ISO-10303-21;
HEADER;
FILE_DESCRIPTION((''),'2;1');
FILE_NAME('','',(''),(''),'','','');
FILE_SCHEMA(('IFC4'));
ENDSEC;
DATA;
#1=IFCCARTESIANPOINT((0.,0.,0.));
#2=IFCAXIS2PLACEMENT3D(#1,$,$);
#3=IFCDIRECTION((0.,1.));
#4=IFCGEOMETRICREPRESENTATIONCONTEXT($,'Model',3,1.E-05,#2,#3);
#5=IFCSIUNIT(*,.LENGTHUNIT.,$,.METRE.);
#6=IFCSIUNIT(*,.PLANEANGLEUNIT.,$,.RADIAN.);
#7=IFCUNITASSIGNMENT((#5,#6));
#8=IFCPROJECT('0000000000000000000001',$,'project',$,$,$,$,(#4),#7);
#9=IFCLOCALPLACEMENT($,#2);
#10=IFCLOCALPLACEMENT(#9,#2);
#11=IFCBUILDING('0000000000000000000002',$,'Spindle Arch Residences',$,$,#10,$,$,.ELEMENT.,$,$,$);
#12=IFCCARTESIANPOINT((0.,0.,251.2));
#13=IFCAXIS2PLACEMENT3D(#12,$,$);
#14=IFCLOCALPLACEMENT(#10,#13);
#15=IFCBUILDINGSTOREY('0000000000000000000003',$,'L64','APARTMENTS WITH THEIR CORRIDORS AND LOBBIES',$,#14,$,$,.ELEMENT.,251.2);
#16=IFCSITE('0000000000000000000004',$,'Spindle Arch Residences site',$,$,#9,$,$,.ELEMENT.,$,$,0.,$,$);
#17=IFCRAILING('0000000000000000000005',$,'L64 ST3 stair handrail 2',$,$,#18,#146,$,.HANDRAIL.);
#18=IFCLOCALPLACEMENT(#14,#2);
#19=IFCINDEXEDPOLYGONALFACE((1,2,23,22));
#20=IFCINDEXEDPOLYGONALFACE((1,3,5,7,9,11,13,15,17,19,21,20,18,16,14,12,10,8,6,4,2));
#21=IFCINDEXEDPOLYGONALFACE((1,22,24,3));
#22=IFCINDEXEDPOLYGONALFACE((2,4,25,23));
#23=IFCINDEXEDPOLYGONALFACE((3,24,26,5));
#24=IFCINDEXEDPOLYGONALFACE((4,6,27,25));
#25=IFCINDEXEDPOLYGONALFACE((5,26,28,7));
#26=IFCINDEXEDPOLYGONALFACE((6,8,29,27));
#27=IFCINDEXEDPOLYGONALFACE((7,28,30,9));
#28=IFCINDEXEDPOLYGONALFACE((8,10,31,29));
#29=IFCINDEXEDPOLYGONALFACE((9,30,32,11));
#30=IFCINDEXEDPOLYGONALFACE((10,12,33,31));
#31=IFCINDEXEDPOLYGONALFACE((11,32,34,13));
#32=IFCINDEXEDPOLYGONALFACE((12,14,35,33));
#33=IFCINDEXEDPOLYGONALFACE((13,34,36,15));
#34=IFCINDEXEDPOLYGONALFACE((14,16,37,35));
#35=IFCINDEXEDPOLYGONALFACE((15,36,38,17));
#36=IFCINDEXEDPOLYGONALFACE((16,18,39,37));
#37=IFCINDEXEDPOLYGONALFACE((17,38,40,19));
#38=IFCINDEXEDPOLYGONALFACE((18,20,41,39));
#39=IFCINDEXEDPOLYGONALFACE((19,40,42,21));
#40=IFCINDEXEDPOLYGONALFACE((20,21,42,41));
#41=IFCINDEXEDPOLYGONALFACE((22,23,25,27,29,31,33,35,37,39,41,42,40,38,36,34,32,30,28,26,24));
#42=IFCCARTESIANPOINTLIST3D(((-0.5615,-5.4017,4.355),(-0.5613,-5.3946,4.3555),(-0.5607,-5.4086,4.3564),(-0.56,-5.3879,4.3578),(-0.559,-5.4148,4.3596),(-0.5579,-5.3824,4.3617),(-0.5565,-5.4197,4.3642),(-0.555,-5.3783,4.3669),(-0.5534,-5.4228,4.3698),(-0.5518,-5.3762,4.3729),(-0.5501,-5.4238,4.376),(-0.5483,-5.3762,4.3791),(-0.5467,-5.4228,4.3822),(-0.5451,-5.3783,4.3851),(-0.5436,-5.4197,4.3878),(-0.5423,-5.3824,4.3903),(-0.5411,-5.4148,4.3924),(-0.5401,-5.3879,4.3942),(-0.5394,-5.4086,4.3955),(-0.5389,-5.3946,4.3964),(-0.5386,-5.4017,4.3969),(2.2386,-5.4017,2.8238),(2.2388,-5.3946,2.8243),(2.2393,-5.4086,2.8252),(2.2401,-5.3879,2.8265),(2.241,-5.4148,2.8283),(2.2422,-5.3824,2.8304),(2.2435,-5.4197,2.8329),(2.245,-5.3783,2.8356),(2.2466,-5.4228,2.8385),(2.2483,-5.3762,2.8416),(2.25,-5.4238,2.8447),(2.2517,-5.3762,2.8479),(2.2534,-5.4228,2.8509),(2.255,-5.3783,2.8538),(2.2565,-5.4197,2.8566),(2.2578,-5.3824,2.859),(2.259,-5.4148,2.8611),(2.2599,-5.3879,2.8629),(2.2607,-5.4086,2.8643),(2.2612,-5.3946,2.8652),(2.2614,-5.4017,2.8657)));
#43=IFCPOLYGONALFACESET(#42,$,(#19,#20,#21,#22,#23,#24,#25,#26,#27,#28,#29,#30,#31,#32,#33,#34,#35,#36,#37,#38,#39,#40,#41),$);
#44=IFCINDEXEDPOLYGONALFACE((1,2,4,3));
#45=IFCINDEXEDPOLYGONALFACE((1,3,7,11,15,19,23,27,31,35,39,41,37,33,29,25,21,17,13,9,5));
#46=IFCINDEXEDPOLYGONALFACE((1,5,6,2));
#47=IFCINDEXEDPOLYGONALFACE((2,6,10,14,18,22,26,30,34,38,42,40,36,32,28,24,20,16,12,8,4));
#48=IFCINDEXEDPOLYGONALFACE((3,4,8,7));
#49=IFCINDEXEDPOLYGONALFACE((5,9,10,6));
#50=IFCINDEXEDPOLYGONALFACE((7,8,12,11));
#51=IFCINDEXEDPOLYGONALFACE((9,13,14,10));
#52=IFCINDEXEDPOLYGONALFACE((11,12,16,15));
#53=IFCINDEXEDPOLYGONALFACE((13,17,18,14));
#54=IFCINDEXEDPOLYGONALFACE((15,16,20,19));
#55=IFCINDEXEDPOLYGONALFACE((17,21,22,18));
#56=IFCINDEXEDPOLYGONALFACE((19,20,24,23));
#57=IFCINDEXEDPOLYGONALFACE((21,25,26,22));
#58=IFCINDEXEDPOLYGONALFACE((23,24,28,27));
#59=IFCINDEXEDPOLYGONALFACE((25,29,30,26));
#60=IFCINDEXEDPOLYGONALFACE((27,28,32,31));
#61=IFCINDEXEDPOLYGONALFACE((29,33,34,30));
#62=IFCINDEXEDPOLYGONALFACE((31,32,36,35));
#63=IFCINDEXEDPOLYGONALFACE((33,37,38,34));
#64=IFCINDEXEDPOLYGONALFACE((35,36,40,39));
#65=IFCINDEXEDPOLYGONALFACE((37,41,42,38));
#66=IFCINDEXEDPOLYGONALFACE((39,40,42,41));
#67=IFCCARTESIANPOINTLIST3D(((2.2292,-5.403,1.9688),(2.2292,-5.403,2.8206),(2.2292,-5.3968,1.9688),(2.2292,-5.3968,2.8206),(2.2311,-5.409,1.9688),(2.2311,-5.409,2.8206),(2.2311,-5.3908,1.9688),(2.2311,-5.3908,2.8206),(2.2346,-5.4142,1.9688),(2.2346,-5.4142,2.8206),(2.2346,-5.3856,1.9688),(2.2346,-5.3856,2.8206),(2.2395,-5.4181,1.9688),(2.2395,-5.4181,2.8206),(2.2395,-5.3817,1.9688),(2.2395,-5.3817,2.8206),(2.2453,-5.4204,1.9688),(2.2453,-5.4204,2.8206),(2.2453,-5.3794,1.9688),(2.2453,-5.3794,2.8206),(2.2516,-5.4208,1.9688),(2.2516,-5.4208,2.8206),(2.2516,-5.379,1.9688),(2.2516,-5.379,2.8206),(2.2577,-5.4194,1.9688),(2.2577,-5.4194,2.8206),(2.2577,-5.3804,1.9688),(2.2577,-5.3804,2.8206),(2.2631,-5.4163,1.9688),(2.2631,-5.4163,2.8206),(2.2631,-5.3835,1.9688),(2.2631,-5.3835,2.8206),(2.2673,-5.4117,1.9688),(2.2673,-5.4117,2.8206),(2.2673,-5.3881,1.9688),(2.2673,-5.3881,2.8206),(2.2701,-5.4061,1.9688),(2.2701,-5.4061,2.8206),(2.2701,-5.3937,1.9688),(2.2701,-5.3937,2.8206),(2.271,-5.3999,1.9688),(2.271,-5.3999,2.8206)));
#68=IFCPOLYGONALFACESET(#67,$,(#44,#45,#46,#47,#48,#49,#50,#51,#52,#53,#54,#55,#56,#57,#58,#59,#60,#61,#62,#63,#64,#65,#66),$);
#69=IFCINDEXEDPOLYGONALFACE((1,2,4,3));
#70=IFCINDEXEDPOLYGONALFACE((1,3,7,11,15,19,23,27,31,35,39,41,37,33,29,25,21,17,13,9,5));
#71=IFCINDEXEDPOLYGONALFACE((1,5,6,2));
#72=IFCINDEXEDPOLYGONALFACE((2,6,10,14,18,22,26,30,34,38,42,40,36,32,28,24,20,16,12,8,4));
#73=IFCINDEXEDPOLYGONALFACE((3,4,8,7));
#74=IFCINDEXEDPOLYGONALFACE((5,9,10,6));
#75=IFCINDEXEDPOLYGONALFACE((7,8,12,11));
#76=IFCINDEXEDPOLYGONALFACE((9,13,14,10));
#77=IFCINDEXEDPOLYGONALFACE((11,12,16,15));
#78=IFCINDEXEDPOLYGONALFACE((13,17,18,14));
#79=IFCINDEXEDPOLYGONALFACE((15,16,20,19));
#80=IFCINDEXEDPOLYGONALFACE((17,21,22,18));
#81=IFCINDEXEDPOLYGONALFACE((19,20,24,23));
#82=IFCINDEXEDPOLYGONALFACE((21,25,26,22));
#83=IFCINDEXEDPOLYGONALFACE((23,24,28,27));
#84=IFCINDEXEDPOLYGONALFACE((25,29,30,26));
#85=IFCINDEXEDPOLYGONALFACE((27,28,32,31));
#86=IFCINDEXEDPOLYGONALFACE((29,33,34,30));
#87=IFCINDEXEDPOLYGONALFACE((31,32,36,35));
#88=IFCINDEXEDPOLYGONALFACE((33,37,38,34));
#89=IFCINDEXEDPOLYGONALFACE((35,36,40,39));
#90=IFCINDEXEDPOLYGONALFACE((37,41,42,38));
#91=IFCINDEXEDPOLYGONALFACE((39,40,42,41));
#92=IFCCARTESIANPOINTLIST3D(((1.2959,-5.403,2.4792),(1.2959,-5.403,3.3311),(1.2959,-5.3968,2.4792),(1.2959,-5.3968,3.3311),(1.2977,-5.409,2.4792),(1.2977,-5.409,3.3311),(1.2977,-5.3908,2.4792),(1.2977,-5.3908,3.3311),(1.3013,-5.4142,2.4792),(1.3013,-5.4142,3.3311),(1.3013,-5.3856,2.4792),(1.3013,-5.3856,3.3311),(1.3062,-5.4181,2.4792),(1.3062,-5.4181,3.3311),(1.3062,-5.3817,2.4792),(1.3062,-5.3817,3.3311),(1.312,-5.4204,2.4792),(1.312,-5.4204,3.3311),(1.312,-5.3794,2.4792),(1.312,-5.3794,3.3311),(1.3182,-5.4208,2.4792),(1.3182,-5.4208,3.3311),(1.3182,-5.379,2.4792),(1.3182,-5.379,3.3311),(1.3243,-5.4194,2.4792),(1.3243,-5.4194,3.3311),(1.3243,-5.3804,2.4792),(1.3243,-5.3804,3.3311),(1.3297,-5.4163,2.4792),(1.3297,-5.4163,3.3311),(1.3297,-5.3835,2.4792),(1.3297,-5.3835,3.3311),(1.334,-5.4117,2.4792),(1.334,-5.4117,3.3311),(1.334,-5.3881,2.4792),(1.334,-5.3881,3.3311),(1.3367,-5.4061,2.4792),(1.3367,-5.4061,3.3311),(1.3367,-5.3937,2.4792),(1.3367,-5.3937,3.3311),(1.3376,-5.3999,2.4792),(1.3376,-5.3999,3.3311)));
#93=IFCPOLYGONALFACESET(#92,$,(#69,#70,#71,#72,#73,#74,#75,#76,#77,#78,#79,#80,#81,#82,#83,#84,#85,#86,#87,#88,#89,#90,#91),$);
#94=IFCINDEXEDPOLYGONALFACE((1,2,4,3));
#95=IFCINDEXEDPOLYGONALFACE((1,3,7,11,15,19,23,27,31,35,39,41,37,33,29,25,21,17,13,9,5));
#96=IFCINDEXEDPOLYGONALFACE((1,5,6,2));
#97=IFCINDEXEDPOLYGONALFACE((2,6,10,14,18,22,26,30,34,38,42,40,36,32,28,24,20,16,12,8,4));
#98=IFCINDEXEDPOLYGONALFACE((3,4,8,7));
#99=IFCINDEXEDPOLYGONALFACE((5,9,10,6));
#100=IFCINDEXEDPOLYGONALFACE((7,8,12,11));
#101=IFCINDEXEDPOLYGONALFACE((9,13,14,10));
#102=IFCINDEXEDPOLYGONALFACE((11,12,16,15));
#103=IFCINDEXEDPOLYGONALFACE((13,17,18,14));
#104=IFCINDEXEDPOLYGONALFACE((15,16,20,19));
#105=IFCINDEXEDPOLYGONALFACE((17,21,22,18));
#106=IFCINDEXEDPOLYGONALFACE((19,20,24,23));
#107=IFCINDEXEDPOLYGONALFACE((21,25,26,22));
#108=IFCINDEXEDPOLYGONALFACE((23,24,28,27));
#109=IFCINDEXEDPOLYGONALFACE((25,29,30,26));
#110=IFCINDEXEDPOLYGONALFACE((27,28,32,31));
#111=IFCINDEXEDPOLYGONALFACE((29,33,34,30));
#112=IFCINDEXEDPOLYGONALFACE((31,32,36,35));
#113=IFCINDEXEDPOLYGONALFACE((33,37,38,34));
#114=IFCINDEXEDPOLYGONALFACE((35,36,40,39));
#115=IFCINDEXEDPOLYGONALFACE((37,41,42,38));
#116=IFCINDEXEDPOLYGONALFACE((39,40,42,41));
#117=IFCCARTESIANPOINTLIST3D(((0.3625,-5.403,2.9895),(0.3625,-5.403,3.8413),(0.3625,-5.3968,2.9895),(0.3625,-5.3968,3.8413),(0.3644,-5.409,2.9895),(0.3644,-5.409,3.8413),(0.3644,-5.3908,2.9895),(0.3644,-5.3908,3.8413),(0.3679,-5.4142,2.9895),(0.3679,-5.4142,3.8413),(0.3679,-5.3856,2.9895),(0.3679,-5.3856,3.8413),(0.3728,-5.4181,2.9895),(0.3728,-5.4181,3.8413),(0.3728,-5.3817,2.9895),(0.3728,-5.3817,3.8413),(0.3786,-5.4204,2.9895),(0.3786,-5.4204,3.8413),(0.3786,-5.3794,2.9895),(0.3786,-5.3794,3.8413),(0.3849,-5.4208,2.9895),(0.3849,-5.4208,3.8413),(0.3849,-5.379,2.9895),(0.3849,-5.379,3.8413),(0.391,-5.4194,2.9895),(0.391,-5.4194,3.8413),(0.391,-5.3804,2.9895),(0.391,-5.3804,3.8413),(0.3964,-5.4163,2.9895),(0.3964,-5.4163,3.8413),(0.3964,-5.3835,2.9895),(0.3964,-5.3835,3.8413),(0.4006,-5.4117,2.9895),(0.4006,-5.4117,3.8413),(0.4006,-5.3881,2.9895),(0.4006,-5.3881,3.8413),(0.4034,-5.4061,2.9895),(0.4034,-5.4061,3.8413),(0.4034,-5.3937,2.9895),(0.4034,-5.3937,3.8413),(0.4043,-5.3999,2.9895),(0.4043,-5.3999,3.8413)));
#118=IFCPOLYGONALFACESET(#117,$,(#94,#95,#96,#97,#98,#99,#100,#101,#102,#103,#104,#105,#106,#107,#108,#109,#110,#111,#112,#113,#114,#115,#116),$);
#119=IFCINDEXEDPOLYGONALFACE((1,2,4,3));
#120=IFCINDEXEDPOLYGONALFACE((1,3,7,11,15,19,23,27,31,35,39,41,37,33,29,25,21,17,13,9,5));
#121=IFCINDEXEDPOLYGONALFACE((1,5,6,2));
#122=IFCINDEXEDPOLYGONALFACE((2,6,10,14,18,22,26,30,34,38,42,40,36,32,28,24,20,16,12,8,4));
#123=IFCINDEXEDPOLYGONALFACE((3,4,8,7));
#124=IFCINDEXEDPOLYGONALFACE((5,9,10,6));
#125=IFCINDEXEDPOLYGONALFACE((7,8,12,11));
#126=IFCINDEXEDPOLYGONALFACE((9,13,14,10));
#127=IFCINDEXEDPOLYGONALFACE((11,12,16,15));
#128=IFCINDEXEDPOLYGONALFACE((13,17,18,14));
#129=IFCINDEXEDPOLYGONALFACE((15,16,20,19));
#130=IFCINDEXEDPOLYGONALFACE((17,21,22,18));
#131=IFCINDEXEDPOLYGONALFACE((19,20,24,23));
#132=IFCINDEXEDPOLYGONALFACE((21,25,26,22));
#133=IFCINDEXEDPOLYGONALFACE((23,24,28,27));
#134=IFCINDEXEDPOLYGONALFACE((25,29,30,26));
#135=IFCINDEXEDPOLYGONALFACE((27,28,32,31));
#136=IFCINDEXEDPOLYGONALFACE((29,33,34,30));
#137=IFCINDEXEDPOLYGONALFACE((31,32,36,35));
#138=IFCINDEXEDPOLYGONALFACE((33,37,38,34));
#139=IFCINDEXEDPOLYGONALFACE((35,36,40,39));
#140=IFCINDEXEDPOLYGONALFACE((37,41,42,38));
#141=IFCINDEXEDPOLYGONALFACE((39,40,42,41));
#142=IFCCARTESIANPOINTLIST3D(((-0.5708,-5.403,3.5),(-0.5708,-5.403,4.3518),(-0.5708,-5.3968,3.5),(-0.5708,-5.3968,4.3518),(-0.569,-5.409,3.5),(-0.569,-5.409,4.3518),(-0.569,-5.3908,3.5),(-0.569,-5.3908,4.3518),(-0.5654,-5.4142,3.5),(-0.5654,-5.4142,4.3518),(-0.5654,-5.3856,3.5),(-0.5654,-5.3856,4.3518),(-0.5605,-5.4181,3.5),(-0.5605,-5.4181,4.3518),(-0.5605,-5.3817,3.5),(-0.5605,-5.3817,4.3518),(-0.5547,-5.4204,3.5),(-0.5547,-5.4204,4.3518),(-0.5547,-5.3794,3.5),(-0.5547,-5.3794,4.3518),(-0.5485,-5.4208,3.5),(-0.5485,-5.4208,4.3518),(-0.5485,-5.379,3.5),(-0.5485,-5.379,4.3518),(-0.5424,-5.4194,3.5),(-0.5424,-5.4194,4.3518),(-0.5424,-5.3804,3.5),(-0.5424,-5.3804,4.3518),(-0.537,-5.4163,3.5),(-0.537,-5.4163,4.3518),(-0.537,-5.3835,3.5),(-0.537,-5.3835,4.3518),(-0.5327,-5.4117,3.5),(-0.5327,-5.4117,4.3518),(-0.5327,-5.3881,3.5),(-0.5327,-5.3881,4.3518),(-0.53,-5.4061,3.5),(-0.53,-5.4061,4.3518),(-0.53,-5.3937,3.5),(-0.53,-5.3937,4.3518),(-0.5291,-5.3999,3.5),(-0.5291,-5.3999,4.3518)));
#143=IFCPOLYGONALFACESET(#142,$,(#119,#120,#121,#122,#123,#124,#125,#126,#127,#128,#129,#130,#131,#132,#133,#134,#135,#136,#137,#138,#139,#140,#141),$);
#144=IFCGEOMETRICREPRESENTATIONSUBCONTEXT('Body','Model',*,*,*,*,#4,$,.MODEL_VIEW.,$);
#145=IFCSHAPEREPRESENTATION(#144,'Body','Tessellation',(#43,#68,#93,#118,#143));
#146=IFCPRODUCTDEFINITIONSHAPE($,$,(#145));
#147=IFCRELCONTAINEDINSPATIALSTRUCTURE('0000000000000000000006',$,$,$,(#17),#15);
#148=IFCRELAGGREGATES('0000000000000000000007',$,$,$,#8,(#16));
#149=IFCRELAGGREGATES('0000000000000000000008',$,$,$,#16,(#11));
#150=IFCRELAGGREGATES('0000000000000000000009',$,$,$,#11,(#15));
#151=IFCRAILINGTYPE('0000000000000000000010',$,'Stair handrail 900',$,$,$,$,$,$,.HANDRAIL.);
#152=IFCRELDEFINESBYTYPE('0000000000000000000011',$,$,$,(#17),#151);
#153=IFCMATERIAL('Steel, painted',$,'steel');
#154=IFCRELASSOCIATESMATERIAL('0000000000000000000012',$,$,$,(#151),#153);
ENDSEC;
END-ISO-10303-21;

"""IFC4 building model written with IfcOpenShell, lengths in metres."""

from ifc_helpers import new_model, si_unit, direction, frame, origin, origin_2d, place, context, subcontext, project, spatial, circle, extrude, material, type_object, element, save


model = new_model("IFC4")

# Units and contexts
model_context = context("Model", 3, precision=1e-05, world=origin(), true_north=direction((0.0, 1.0)))
body_context = subcontext(model_context, "Body", "Model", "MODEL_VIEW")
ifc_project = project(units=[si_unit("LENGTHUNIT", "METRE"), si_unit("PLANEANGLEUNIT", "RADIAN")], contexts=[model_context])

# Site, building, storey
site_placement = place(None, origin())
site = spatial("IfcSite", under=ifc_project, at=site_placement, Name="Spindle Arch Residences site", CompositionType="ELEMENT", RefElevation=0.0)
building_placement = place(site_placement, origin())
building = spatial("IfcBuilding", under=site, at=building_placement, Name="Spindle Arch Residences", CompositionType="ELEMENT")
storey_placement = place(building_placement, frame((0.0, 0.0, 251.2)))
storey = spatial("IfcBuildingStorey", under=building, at=storey_placement, Name="L64", Description="APARTMENTS WITH THEIR CORRIDORS AND LOBBIES", CompositionType="ELEMENT", Elevation=251.2)

# Railing
ifc_material_1 = material(Name="Steel, painted", Category="steel")
railing_type_1 = type_object("IfcRailingType", Name="Stair handrail 900", PredefinedType="HANDRAIL", material=ifc_material_1)
railing_1_placement = place(storey_placement, frame((2.25, -5.3999, 1.9688)))
element("IfcRailing", 1, at=railing_1_placement, inside=storey, type_object=railing_type_1, Name="L64 ST3 stair handrail 2", PredefinedType="HANDRAIL", context=body_context, shape_type="SweptSolid", body=[
    extrude(circle(Radius=0.0239, at=origin_2d()), frame((0.0, 0.0, 0.876), z_axis=(-0.877375, 0.0, 0.479806), x_axis=(0.0, -1.0, 0.0)), (0.0, 0.0, 1.0), 3.1914),
    extrude(circle(Radius=0.021, at=origin_2d()), origin(), (0.0, 0.0, 1.0), 0.8518),
    extrude(circle(Radius=0.021, at=origin_2d()), frame((-0.9333, 0.0, 0.5105)), (0.0, 0.0, 1.0), 0.8518),
    extrude(circle(Radius=0.021, at=origin_2d()), frame((-1.8667, 0.0, 1.0208)), (0.0, 0.0, 1.0), 0.8518),
    extrude(circle(Radius=0.021, at=origin_2d()), frame((-2.8, 0.0, 1.5312)), (0.0, 0.0, 1.0), 0.8518),
])

save(model, "model.ifc")
